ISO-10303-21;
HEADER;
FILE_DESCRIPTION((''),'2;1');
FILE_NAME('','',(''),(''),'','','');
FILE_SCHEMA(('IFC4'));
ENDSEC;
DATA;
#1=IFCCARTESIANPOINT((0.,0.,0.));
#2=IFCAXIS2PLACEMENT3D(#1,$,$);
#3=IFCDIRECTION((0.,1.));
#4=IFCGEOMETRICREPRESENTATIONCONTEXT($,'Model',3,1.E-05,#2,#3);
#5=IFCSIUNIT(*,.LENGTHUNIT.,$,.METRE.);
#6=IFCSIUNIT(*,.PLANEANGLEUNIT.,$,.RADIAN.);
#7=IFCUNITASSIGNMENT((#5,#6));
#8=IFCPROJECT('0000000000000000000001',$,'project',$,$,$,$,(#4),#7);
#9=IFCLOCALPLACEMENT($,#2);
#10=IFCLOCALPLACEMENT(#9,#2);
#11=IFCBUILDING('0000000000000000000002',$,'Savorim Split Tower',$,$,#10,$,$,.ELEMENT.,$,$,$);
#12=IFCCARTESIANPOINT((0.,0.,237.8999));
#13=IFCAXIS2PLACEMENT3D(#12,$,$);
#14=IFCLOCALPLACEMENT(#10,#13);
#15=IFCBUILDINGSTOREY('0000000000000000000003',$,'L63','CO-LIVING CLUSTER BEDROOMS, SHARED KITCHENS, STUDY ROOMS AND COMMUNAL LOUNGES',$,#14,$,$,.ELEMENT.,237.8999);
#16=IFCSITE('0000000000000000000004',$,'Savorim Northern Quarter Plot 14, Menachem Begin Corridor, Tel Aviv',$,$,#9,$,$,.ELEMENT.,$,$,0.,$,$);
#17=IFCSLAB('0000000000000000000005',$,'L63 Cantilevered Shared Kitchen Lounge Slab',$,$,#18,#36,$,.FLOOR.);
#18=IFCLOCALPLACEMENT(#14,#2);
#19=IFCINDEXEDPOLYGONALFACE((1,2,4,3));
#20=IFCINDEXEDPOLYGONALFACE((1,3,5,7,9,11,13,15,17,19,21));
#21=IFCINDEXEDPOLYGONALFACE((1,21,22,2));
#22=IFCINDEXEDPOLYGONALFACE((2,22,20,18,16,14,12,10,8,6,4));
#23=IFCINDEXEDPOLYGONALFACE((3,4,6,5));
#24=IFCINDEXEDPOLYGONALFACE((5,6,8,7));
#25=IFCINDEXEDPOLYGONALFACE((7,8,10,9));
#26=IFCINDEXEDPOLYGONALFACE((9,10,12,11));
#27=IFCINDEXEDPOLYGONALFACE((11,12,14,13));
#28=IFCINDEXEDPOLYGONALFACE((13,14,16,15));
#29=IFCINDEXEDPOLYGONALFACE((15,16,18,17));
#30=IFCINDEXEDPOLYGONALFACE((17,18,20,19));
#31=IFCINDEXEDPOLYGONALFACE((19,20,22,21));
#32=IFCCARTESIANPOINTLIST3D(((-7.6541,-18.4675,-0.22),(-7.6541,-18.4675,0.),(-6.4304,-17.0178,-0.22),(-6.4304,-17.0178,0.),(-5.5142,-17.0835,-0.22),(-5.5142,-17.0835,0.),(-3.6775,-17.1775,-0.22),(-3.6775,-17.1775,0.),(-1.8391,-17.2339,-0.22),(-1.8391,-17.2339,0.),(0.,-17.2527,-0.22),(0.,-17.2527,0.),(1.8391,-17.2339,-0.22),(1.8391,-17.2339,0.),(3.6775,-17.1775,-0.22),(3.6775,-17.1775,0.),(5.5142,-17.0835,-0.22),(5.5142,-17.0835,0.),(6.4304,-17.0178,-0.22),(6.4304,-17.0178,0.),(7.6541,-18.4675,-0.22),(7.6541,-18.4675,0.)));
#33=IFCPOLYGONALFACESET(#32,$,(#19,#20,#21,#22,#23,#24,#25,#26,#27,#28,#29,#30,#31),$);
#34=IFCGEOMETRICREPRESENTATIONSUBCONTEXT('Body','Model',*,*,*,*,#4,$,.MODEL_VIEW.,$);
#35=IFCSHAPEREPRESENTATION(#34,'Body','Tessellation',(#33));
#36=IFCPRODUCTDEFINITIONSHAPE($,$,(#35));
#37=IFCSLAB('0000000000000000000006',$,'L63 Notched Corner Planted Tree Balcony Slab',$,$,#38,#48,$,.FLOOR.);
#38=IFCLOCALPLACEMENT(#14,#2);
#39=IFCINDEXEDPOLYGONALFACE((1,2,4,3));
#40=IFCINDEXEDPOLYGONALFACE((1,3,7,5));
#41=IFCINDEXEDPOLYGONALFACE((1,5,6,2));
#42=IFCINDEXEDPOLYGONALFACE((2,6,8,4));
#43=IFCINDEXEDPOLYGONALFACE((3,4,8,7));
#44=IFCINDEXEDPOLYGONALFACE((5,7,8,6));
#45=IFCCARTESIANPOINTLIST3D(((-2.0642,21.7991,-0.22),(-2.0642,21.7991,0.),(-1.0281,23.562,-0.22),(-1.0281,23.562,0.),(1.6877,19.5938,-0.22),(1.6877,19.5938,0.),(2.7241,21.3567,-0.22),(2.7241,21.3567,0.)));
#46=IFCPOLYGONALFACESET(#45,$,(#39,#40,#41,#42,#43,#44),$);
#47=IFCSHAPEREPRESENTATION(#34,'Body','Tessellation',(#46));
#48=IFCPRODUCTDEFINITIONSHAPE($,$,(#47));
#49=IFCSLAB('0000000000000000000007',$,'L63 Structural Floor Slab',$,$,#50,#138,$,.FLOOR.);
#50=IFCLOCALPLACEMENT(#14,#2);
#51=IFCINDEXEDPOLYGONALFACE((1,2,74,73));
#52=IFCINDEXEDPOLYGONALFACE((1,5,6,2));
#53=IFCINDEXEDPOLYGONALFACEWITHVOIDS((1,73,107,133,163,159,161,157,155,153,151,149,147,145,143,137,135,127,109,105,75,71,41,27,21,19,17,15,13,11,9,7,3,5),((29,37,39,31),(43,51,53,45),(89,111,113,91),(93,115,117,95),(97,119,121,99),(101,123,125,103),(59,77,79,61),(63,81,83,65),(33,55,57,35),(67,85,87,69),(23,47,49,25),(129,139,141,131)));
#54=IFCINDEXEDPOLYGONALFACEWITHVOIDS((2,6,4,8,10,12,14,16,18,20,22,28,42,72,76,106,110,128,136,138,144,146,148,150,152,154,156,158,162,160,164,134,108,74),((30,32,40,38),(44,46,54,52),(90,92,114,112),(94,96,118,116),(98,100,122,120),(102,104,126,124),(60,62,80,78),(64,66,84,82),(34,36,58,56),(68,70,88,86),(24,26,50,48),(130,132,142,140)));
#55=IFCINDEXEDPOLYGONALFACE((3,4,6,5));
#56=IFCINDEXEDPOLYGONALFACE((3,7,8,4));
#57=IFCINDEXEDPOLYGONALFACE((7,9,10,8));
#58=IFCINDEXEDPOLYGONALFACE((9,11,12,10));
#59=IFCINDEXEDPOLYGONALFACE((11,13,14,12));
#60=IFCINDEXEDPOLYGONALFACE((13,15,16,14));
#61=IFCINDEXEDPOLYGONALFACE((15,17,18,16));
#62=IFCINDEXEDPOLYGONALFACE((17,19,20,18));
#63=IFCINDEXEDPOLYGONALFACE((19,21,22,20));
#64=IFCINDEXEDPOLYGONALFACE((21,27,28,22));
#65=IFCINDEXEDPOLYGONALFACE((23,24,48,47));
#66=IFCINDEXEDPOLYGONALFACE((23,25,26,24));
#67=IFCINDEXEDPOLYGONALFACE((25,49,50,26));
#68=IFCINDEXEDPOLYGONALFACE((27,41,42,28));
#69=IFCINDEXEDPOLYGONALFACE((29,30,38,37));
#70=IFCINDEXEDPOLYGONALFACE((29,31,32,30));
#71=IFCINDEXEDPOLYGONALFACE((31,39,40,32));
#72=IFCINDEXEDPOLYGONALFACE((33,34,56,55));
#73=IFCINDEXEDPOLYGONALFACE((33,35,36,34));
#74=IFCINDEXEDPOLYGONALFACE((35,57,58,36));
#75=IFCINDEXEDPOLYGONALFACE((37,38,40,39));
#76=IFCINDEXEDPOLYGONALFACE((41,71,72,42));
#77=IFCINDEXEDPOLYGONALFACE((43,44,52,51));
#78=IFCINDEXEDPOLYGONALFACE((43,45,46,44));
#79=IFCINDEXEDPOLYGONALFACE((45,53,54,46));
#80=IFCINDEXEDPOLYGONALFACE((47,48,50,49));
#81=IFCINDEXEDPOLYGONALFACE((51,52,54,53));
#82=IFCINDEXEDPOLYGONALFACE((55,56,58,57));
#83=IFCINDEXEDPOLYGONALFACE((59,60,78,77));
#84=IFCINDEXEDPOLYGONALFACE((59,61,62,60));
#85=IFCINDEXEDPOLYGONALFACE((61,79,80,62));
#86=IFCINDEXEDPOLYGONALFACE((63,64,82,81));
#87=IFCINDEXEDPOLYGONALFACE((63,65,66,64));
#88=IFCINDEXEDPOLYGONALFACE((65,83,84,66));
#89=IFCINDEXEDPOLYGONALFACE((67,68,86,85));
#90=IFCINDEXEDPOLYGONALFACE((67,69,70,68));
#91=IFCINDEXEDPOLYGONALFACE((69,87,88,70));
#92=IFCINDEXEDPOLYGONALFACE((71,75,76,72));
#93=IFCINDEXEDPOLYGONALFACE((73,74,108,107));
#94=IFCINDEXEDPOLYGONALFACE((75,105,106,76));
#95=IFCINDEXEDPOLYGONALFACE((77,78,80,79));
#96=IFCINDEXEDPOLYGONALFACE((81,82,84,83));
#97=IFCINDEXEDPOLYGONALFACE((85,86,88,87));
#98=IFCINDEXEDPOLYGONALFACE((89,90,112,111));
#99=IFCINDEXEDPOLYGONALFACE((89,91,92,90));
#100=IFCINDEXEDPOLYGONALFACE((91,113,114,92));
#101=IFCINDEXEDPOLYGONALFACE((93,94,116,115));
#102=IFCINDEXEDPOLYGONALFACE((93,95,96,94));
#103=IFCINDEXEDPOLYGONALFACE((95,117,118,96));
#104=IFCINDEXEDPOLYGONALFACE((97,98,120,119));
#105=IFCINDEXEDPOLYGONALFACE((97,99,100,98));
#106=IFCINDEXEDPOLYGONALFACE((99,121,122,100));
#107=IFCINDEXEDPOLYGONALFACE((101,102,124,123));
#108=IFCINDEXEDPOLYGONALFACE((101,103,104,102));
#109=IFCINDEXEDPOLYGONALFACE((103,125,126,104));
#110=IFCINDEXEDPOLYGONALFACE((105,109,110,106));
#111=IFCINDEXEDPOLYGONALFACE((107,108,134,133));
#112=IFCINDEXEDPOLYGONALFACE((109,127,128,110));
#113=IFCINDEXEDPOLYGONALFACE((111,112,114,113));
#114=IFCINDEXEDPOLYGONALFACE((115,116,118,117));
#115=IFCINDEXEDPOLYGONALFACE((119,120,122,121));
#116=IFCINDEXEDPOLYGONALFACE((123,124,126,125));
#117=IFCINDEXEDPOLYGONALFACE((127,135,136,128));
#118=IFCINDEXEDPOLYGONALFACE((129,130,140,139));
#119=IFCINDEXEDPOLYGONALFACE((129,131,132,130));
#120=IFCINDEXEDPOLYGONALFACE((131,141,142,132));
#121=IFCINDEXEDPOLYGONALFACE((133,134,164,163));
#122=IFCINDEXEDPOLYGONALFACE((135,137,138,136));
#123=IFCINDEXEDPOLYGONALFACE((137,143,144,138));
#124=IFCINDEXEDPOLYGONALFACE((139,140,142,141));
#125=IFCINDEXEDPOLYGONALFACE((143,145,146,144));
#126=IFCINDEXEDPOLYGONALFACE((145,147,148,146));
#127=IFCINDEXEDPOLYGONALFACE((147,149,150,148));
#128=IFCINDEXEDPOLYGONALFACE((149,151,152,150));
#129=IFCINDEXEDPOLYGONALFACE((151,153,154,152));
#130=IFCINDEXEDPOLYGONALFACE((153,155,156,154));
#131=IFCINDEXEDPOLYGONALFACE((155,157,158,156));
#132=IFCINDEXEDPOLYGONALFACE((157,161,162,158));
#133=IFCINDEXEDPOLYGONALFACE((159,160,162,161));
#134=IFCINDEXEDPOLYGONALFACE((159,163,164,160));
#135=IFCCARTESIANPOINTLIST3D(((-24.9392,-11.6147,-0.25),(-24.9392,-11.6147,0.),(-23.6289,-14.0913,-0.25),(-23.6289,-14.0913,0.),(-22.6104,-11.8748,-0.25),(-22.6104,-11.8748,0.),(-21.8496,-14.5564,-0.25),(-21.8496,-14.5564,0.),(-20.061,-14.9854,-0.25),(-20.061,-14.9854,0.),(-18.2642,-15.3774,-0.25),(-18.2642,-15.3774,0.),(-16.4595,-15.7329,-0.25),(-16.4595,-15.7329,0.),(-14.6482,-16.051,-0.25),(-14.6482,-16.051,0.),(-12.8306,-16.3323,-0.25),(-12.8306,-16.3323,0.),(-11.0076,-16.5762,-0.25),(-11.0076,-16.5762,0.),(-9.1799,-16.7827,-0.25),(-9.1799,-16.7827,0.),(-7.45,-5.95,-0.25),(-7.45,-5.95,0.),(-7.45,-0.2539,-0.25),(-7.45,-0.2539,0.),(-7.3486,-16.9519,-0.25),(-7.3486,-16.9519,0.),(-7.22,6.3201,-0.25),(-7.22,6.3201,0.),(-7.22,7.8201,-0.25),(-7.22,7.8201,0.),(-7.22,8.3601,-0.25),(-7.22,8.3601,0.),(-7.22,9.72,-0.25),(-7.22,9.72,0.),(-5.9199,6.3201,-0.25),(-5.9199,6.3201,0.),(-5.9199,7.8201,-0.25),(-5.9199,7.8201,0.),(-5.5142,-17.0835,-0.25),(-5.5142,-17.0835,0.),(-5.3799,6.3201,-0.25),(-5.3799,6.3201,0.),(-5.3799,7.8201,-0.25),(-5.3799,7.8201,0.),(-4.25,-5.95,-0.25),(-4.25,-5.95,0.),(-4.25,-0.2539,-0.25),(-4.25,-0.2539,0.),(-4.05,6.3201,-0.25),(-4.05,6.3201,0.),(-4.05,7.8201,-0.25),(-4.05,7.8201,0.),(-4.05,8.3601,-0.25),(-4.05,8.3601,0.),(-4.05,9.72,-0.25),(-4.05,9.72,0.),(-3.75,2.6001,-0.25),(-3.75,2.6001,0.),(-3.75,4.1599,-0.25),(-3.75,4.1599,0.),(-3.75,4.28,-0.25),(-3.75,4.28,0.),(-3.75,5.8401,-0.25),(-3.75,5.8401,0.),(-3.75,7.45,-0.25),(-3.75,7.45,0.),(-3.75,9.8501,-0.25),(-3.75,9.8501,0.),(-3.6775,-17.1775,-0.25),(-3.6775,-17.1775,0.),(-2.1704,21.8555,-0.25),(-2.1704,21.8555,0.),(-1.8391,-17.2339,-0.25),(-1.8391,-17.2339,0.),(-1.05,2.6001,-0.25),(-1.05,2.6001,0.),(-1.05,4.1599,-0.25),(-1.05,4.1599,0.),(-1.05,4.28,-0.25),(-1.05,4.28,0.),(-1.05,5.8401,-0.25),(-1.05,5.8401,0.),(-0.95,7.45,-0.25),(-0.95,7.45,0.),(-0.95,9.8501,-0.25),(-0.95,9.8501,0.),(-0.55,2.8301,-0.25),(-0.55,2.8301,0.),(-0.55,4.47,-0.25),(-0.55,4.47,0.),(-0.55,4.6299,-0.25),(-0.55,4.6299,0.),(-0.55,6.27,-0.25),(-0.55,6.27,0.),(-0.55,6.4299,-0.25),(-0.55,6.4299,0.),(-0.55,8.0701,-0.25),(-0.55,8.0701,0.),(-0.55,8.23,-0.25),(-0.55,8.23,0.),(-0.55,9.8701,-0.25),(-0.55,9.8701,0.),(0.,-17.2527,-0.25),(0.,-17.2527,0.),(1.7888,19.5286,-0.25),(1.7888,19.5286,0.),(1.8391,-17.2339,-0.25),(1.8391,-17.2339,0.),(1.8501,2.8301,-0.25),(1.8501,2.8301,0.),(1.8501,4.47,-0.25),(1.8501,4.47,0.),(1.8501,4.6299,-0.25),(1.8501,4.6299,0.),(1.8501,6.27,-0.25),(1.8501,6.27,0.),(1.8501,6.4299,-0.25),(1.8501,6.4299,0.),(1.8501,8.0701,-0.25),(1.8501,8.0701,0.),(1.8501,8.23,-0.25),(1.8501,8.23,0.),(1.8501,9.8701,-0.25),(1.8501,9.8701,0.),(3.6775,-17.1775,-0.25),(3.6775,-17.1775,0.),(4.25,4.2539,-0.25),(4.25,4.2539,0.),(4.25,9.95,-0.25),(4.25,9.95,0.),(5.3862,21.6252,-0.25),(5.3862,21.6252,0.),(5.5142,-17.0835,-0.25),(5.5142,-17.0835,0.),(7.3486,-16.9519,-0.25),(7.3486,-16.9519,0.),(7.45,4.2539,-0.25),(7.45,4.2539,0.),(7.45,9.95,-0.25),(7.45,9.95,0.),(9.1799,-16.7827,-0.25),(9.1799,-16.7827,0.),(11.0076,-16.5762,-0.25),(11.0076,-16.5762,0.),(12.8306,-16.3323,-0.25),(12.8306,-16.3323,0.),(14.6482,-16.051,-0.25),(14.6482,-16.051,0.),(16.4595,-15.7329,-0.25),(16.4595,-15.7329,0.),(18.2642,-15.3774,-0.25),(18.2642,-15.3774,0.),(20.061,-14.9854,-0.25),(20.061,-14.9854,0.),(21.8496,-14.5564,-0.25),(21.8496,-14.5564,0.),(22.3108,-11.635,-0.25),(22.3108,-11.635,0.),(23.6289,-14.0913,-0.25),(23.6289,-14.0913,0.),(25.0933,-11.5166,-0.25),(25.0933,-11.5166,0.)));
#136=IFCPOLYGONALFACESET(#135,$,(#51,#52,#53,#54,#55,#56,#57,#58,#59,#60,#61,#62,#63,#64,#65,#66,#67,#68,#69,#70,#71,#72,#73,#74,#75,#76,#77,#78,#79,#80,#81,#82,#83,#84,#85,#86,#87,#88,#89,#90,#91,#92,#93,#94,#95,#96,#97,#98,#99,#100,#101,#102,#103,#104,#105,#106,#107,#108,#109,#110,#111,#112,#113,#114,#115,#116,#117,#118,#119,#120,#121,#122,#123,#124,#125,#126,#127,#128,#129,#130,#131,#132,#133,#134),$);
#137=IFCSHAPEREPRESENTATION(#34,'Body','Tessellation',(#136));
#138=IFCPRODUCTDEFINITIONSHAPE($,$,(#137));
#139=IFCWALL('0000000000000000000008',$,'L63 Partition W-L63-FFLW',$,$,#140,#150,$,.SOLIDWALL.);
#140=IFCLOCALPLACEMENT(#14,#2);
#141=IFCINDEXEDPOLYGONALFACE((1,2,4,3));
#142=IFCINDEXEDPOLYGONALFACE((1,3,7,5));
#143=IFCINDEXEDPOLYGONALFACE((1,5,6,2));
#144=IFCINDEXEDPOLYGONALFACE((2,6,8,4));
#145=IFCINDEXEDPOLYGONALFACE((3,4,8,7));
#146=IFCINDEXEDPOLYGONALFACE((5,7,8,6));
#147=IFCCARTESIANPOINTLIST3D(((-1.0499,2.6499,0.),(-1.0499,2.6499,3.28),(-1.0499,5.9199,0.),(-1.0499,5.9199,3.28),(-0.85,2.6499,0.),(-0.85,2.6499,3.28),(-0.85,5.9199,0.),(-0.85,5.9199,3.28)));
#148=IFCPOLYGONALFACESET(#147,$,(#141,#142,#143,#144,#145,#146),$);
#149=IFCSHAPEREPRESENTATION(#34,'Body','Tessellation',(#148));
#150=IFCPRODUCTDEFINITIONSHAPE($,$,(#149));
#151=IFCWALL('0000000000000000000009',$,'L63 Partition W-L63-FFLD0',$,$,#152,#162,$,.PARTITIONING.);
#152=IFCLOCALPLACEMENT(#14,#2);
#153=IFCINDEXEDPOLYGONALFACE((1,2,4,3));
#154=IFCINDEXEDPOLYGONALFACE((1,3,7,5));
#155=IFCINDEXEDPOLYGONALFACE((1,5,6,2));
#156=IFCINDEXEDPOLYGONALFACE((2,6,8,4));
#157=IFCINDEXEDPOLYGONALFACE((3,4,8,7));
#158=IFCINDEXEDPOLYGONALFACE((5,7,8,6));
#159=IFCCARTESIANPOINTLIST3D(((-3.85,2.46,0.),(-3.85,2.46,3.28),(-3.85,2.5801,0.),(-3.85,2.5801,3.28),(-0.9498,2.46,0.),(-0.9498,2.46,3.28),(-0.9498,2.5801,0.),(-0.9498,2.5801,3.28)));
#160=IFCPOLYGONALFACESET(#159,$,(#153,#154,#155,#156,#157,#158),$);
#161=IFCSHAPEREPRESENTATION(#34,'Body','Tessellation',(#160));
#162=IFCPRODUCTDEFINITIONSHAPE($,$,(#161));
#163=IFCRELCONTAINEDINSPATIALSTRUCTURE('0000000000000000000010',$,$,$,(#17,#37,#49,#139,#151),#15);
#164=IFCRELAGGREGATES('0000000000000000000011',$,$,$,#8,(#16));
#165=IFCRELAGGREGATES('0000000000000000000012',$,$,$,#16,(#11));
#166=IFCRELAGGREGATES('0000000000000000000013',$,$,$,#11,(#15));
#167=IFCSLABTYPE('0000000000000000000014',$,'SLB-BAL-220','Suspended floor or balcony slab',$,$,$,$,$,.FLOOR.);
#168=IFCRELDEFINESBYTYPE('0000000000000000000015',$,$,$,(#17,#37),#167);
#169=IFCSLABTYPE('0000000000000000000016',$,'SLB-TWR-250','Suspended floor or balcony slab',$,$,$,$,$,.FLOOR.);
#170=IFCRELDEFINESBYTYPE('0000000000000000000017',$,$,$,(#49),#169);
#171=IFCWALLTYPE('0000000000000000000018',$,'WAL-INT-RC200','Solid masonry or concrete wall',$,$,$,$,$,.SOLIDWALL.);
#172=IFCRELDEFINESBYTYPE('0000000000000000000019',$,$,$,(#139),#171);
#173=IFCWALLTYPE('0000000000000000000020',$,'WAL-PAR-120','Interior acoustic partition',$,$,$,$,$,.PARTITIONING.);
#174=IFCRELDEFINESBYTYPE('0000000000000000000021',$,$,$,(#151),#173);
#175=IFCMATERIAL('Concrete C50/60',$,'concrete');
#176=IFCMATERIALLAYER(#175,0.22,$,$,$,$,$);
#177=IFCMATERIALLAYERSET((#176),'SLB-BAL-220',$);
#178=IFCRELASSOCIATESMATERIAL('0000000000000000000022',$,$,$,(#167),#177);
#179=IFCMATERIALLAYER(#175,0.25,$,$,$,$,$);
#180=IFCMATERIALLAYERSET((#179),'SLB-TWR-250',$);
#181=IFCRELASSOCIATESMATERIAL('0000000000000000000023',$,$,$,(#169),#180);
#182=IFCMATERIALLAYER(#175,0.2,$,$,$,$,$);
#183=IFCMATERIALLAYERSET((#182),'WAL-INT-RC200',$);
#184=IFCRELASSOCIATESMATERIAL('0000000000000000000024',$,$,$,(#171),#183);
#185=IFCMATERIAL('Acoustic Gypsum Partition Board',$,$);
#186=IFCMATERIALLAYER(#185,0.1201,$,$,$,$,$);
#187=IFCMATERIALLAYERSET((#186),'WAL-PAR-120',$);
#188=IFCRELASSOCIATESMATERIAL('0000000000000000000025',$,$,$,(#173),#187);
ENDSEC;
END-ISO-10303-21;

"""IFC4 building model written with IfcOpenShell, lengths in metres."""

from ifc_helpers import new_model, si_unit, direction, frame, frame_2d, origin, place, context, subcontext, project, spatial, polyline, rectangle, outline, extrude, material, layer, layer_set, type_object, element, save


model = new_model("IFC4")

# Units and contexts
model_context = context("Model", 3, precision=1e-05, world=origin(), true_north=direction((0.0, 1.0)))
body_context = subcontext(model_context, "Body", "Model", "MODEL_VIEW")
ifc_project = project(units=[si_unit("LENGTHUNIT", "METRE"), si_unit("PLANEANGLEUNIT", "RADIAN")], contexts=[model_context])

# Site, building, storey
site_placement = place(None, origin())
site = spatial("IfcSite", under=ifc_project, at=site_placement, Name="Savorim Northern Quarter Plot 14, Menachem Begin Corridor, Tel Aviv", CompositionType="ELEMENT", RefElevation=0.0)
building_placement = place(site_placement, origin())
building = spatial("IfcBuilding", under=site, at=building_placement, Name="Savorim Split Tower", CompositionType="ELEMENT")
storey_placement = place(building_placement, frame((0.0, 0.0, 237.8999)))
storey = spatial("IfcBuildingStorey", under=building, at=storey_placement, Name="L63", Description="CO-LIVING CLUSTER BEDROOMS, SHARED KITCHENS, STUDY ROOMS AND COMMUNAL LOUNGES", CompositionType="ELEMENT", Elevation=237.8999)

# Slabs
ifc_material_1 = material(Name="Concrete C50/60", Category="concrete")
ifc_layer_1 = layer(ifc_material_1, 0.22)
ifc_layer_set_1 = layer_set([ifc_layer_1], Name="SLB-BAL-220")
slab_type_1 = type_object("IfcSlabType", Name="SLB-BAL-220", Description="Suspended floor or balcony slab", PredefinedType="FLOOR", material=ifc_layer_set_1)
slab_1_placement = place(storey_placement, frame((0.0, 0.0, -0.22)))
element("IfcSlab", 1, at=slab_1_placement, inside=storey, type_object=slab_type_1, Name="L63 Cantilevered Shared Kitchen Lounge Slab", PredefinedType="FLOOR", context=body_context, shape_type="SweptSolid", body=[
    extrude(outline(polyline([(6.4304, -17.0178), (5.5142, -17.0835), (3.6775, -17.1775), (1.8391, -17.2339), (0.0, -17.2527), (-1.8391, -17.2339), (-3.6775, -17.1775), (-5.5142, -17.0835), (-6.4304, -17.0178), (-7.6541, -18.4675), (7.6541, -18.4675), (6.4304, -17.0178)])), origin(), (0.0, 0.0, 1.0), 0.22),
])
slab_2_placement = place(storey_placement, frame((0.0, 0.0, -0.22)))
element("IfcSlab", 2, at=slab_2_placement, inside=storey, type_object=slab_type_1, Name="L63 Notched Corner Planted Tree Balcony Slab", PredefinedType="FLOOR", context=body_context, shape_type="SweptSolid", body=[
    extrude(outline(polyline([(-2.0642, 21.7991), (1.6877, 19.5938), (2.7241, 21.3567), (-1.0281, 23.562), (-2.0642, 21.7991)])), origin(), (0.0, 0.0, 1.0), 0.22),
])
ifc_layer_2 = layer(ifc_material_1, 0.25)
ifc_layer_set_2 = layer_set([ifc_layer_2], Name="SLB-TWR-250")
slab_type_2 = type_object("IfcSlabType", Name="SLB-TWR-250", Description="Suspended floor or balcony slab", PredefinedType="FLOOR", material=ifc_layer_set_2)
slab_3_placement = place(storey_placement, frame((0.0, 0.0, -0.25)))
element("IfcSlab", 3, at=slab_3_placement, inside=storey, type_object=slab_type_2, Name="L63 Structural Floor Slab", PredefinedType="FLOOR", context=body_context, shape_type="SweptSolid", body=[
    extrude(outline(polyline([(-23.6289, -14.0913), (-21.8496, -14.5564), (-20.061, -14.9854), (-18.2642, -15.3774), (-16.4595, -15.7329), (-14.6482, -16.051), (-12.8306, -16.3323), (-11.0076, -16.5762), (-9.1799, -16.7827), (-7.3486, -16.9519), (-5.5142, -17.0835), (-3.6775, -17.1775), (-1.8391, -17.2339), (0.0, -17.2527), (1.8391, -17.2339), (3.6775, -17.1775), (5.5142, -17.0835), (7.3486, -16.9519), (9.1799, -16.7827), (11.0076, -16.5762), (12.8306, -16.3323), (14.6482, -16.051), (16.4595, -15.7329), (18.2642, -15.3774), (20.061, -14.9854), (21.8496, -14.5564), (23.6289, -14.0913), (22.3108, -11.635), (25.0933, -11.5166), (5.3862, 21.6252), (1.7888, 19.5286), (-2.1704, 21.8555), (-24.9392, -11.6147), (-22.6104, -11.8748), (-23.6289, -14.0913)]), holes=[polyline([(-7.45, -0.2539), (-7.45, -5.95), (-4.25, -5.95), (-4.25, -0.2539), (-7.45, -0.2539)]), polyline([(7.45, 4.2539), (7.45, 9.95), (4.25, 9.95), (4.25, 4.2539), (7.45, 4.2539)]), polyline([(-0.55, 2.8301), (1.8501, 2.8301), (1.8501, 4.47), (-0.55, 4.47), (-0.55, 2.8301)]), polyline([(-0.55, 4.6299), (1.8501, 4.6299), (1.8501, 6.27), (-0.55, 6.27), (-0.55, 4.6299)]), polyline([(-0.55, 6.4299), (1.8501, 6.4299), (1.8501, 8.0701), (-0.55, 8.0701), (-0.55, 6.4299)]), polyline([(-0.55, 8.23), (1.8501, 8.23), (1.8501, 9.8701), (-0.55, 9.8701), (-0.55, 8.23)]), polyline([(-3.75, 2.6001), (-1.05, 2.6001), (-1.05, 4.1599), (-3.75, 4.1599), (-3.75, 2.6001)]), polyline([(-3.75, 4.28), (-1.05, 4.28), (-1.05, 5.8401), (-3.75, 5.8401), (-3.75, 4.28)]), polyline([(-3.75, 7.45), (-0.95, 7.45), (-0.95, 9.8501), (-3.75, 9.8501), (-3.75, 7.45)]), polyline([(-7.22, 6.3201), (-5.9199, 6.3201), (-5.9199, 7.8201), (-7.22, 7.8201), (-7.22, 6.3201)]), polyline([(-5.3799, 6.3201), (-4.05, 6.3201), (-4.05, 7.8201), (-5.3799, 7.8201), (-5.3799, 6.3201)]), polyline([(-7.22, 8.3601), (-4.05, 8.3601), (-4.05, 9.72), (-7.22, 9.72), (-7.22, 8.3601)])]), origin(), (0.0, 0.0, 1.0), 0.25),
])

# Shared definitions
ifc_layer_3 = layer(ifc_material_1, 0.2)
ifc_layer_set_3 = layer_set([ifc_layer_3], Name="WAL-INT-RC200")
wall_type_1 = type_object("IfcWallType", Name="WAL-INT-RC200", Description="Solid masonry or concrete wall", PredefinedType="SOLIDWALL", material=ifc_layer_set_3)

# Walls
wall_1_placement = place(storey_placement, frame((-0.95, 2.6499, 0.0), z_axis=(0.0, 0.0, 1.0), x_axis=(0.0, 1.0, 0.0)))
element("IfcWall", 4, at=wall_1_placement, inside=storey, type_object=wall_type_1, Name="L63 Partition W-L63-FFLW", PredefinedType="SOLIDWALL", context=body_context, shape_type="SweptSolid", body=[
    extrude(rectangle(XDim=3.27, YDim=0.2, at=frame_2d((1.635, 0.0))), origin(), (0.0, 0.0, 1.0), 3.28),
])
ifc_material_2 = material(Name="Acoustic Gypsum Partition Board")
ifc_layer_4 = layer(ifc_material_2, 0.1201)
ifc_layer_set_4 = layer_set([ifc_layer_4], Name="WAL-PAR-120")
wall_type_2 = type_object("IfcWallType", Name="WAL-PAR-120", Description="Interior acoustic partition", PredefinedType="PARTITIONING", material=ifc_layer_set_4)
wall_2_placement = place(storey_placement, frame((-3.8501, 2.52, 0.0), z_axis=(0.0, 0.0, 1.0), x_axis=(1.0, 0.0, 0.0)))
element("IfcWall", 5, at=wall_2_placement, inside=storey, type_object=wall_type_2, Name="L63 Partition W-L63-FFLD0", PredefinedType="PARTITIONING", context=body_context, shape_type="SweptSolid", body=[
    extrude(rectangle(XDim=2.9001, YDim=0.1201, at=frame_2d((1.4502, 0.0))), origin(), (0.0, 0.0, 1.0), 3.28),
])

save(model, "model.ifc")
